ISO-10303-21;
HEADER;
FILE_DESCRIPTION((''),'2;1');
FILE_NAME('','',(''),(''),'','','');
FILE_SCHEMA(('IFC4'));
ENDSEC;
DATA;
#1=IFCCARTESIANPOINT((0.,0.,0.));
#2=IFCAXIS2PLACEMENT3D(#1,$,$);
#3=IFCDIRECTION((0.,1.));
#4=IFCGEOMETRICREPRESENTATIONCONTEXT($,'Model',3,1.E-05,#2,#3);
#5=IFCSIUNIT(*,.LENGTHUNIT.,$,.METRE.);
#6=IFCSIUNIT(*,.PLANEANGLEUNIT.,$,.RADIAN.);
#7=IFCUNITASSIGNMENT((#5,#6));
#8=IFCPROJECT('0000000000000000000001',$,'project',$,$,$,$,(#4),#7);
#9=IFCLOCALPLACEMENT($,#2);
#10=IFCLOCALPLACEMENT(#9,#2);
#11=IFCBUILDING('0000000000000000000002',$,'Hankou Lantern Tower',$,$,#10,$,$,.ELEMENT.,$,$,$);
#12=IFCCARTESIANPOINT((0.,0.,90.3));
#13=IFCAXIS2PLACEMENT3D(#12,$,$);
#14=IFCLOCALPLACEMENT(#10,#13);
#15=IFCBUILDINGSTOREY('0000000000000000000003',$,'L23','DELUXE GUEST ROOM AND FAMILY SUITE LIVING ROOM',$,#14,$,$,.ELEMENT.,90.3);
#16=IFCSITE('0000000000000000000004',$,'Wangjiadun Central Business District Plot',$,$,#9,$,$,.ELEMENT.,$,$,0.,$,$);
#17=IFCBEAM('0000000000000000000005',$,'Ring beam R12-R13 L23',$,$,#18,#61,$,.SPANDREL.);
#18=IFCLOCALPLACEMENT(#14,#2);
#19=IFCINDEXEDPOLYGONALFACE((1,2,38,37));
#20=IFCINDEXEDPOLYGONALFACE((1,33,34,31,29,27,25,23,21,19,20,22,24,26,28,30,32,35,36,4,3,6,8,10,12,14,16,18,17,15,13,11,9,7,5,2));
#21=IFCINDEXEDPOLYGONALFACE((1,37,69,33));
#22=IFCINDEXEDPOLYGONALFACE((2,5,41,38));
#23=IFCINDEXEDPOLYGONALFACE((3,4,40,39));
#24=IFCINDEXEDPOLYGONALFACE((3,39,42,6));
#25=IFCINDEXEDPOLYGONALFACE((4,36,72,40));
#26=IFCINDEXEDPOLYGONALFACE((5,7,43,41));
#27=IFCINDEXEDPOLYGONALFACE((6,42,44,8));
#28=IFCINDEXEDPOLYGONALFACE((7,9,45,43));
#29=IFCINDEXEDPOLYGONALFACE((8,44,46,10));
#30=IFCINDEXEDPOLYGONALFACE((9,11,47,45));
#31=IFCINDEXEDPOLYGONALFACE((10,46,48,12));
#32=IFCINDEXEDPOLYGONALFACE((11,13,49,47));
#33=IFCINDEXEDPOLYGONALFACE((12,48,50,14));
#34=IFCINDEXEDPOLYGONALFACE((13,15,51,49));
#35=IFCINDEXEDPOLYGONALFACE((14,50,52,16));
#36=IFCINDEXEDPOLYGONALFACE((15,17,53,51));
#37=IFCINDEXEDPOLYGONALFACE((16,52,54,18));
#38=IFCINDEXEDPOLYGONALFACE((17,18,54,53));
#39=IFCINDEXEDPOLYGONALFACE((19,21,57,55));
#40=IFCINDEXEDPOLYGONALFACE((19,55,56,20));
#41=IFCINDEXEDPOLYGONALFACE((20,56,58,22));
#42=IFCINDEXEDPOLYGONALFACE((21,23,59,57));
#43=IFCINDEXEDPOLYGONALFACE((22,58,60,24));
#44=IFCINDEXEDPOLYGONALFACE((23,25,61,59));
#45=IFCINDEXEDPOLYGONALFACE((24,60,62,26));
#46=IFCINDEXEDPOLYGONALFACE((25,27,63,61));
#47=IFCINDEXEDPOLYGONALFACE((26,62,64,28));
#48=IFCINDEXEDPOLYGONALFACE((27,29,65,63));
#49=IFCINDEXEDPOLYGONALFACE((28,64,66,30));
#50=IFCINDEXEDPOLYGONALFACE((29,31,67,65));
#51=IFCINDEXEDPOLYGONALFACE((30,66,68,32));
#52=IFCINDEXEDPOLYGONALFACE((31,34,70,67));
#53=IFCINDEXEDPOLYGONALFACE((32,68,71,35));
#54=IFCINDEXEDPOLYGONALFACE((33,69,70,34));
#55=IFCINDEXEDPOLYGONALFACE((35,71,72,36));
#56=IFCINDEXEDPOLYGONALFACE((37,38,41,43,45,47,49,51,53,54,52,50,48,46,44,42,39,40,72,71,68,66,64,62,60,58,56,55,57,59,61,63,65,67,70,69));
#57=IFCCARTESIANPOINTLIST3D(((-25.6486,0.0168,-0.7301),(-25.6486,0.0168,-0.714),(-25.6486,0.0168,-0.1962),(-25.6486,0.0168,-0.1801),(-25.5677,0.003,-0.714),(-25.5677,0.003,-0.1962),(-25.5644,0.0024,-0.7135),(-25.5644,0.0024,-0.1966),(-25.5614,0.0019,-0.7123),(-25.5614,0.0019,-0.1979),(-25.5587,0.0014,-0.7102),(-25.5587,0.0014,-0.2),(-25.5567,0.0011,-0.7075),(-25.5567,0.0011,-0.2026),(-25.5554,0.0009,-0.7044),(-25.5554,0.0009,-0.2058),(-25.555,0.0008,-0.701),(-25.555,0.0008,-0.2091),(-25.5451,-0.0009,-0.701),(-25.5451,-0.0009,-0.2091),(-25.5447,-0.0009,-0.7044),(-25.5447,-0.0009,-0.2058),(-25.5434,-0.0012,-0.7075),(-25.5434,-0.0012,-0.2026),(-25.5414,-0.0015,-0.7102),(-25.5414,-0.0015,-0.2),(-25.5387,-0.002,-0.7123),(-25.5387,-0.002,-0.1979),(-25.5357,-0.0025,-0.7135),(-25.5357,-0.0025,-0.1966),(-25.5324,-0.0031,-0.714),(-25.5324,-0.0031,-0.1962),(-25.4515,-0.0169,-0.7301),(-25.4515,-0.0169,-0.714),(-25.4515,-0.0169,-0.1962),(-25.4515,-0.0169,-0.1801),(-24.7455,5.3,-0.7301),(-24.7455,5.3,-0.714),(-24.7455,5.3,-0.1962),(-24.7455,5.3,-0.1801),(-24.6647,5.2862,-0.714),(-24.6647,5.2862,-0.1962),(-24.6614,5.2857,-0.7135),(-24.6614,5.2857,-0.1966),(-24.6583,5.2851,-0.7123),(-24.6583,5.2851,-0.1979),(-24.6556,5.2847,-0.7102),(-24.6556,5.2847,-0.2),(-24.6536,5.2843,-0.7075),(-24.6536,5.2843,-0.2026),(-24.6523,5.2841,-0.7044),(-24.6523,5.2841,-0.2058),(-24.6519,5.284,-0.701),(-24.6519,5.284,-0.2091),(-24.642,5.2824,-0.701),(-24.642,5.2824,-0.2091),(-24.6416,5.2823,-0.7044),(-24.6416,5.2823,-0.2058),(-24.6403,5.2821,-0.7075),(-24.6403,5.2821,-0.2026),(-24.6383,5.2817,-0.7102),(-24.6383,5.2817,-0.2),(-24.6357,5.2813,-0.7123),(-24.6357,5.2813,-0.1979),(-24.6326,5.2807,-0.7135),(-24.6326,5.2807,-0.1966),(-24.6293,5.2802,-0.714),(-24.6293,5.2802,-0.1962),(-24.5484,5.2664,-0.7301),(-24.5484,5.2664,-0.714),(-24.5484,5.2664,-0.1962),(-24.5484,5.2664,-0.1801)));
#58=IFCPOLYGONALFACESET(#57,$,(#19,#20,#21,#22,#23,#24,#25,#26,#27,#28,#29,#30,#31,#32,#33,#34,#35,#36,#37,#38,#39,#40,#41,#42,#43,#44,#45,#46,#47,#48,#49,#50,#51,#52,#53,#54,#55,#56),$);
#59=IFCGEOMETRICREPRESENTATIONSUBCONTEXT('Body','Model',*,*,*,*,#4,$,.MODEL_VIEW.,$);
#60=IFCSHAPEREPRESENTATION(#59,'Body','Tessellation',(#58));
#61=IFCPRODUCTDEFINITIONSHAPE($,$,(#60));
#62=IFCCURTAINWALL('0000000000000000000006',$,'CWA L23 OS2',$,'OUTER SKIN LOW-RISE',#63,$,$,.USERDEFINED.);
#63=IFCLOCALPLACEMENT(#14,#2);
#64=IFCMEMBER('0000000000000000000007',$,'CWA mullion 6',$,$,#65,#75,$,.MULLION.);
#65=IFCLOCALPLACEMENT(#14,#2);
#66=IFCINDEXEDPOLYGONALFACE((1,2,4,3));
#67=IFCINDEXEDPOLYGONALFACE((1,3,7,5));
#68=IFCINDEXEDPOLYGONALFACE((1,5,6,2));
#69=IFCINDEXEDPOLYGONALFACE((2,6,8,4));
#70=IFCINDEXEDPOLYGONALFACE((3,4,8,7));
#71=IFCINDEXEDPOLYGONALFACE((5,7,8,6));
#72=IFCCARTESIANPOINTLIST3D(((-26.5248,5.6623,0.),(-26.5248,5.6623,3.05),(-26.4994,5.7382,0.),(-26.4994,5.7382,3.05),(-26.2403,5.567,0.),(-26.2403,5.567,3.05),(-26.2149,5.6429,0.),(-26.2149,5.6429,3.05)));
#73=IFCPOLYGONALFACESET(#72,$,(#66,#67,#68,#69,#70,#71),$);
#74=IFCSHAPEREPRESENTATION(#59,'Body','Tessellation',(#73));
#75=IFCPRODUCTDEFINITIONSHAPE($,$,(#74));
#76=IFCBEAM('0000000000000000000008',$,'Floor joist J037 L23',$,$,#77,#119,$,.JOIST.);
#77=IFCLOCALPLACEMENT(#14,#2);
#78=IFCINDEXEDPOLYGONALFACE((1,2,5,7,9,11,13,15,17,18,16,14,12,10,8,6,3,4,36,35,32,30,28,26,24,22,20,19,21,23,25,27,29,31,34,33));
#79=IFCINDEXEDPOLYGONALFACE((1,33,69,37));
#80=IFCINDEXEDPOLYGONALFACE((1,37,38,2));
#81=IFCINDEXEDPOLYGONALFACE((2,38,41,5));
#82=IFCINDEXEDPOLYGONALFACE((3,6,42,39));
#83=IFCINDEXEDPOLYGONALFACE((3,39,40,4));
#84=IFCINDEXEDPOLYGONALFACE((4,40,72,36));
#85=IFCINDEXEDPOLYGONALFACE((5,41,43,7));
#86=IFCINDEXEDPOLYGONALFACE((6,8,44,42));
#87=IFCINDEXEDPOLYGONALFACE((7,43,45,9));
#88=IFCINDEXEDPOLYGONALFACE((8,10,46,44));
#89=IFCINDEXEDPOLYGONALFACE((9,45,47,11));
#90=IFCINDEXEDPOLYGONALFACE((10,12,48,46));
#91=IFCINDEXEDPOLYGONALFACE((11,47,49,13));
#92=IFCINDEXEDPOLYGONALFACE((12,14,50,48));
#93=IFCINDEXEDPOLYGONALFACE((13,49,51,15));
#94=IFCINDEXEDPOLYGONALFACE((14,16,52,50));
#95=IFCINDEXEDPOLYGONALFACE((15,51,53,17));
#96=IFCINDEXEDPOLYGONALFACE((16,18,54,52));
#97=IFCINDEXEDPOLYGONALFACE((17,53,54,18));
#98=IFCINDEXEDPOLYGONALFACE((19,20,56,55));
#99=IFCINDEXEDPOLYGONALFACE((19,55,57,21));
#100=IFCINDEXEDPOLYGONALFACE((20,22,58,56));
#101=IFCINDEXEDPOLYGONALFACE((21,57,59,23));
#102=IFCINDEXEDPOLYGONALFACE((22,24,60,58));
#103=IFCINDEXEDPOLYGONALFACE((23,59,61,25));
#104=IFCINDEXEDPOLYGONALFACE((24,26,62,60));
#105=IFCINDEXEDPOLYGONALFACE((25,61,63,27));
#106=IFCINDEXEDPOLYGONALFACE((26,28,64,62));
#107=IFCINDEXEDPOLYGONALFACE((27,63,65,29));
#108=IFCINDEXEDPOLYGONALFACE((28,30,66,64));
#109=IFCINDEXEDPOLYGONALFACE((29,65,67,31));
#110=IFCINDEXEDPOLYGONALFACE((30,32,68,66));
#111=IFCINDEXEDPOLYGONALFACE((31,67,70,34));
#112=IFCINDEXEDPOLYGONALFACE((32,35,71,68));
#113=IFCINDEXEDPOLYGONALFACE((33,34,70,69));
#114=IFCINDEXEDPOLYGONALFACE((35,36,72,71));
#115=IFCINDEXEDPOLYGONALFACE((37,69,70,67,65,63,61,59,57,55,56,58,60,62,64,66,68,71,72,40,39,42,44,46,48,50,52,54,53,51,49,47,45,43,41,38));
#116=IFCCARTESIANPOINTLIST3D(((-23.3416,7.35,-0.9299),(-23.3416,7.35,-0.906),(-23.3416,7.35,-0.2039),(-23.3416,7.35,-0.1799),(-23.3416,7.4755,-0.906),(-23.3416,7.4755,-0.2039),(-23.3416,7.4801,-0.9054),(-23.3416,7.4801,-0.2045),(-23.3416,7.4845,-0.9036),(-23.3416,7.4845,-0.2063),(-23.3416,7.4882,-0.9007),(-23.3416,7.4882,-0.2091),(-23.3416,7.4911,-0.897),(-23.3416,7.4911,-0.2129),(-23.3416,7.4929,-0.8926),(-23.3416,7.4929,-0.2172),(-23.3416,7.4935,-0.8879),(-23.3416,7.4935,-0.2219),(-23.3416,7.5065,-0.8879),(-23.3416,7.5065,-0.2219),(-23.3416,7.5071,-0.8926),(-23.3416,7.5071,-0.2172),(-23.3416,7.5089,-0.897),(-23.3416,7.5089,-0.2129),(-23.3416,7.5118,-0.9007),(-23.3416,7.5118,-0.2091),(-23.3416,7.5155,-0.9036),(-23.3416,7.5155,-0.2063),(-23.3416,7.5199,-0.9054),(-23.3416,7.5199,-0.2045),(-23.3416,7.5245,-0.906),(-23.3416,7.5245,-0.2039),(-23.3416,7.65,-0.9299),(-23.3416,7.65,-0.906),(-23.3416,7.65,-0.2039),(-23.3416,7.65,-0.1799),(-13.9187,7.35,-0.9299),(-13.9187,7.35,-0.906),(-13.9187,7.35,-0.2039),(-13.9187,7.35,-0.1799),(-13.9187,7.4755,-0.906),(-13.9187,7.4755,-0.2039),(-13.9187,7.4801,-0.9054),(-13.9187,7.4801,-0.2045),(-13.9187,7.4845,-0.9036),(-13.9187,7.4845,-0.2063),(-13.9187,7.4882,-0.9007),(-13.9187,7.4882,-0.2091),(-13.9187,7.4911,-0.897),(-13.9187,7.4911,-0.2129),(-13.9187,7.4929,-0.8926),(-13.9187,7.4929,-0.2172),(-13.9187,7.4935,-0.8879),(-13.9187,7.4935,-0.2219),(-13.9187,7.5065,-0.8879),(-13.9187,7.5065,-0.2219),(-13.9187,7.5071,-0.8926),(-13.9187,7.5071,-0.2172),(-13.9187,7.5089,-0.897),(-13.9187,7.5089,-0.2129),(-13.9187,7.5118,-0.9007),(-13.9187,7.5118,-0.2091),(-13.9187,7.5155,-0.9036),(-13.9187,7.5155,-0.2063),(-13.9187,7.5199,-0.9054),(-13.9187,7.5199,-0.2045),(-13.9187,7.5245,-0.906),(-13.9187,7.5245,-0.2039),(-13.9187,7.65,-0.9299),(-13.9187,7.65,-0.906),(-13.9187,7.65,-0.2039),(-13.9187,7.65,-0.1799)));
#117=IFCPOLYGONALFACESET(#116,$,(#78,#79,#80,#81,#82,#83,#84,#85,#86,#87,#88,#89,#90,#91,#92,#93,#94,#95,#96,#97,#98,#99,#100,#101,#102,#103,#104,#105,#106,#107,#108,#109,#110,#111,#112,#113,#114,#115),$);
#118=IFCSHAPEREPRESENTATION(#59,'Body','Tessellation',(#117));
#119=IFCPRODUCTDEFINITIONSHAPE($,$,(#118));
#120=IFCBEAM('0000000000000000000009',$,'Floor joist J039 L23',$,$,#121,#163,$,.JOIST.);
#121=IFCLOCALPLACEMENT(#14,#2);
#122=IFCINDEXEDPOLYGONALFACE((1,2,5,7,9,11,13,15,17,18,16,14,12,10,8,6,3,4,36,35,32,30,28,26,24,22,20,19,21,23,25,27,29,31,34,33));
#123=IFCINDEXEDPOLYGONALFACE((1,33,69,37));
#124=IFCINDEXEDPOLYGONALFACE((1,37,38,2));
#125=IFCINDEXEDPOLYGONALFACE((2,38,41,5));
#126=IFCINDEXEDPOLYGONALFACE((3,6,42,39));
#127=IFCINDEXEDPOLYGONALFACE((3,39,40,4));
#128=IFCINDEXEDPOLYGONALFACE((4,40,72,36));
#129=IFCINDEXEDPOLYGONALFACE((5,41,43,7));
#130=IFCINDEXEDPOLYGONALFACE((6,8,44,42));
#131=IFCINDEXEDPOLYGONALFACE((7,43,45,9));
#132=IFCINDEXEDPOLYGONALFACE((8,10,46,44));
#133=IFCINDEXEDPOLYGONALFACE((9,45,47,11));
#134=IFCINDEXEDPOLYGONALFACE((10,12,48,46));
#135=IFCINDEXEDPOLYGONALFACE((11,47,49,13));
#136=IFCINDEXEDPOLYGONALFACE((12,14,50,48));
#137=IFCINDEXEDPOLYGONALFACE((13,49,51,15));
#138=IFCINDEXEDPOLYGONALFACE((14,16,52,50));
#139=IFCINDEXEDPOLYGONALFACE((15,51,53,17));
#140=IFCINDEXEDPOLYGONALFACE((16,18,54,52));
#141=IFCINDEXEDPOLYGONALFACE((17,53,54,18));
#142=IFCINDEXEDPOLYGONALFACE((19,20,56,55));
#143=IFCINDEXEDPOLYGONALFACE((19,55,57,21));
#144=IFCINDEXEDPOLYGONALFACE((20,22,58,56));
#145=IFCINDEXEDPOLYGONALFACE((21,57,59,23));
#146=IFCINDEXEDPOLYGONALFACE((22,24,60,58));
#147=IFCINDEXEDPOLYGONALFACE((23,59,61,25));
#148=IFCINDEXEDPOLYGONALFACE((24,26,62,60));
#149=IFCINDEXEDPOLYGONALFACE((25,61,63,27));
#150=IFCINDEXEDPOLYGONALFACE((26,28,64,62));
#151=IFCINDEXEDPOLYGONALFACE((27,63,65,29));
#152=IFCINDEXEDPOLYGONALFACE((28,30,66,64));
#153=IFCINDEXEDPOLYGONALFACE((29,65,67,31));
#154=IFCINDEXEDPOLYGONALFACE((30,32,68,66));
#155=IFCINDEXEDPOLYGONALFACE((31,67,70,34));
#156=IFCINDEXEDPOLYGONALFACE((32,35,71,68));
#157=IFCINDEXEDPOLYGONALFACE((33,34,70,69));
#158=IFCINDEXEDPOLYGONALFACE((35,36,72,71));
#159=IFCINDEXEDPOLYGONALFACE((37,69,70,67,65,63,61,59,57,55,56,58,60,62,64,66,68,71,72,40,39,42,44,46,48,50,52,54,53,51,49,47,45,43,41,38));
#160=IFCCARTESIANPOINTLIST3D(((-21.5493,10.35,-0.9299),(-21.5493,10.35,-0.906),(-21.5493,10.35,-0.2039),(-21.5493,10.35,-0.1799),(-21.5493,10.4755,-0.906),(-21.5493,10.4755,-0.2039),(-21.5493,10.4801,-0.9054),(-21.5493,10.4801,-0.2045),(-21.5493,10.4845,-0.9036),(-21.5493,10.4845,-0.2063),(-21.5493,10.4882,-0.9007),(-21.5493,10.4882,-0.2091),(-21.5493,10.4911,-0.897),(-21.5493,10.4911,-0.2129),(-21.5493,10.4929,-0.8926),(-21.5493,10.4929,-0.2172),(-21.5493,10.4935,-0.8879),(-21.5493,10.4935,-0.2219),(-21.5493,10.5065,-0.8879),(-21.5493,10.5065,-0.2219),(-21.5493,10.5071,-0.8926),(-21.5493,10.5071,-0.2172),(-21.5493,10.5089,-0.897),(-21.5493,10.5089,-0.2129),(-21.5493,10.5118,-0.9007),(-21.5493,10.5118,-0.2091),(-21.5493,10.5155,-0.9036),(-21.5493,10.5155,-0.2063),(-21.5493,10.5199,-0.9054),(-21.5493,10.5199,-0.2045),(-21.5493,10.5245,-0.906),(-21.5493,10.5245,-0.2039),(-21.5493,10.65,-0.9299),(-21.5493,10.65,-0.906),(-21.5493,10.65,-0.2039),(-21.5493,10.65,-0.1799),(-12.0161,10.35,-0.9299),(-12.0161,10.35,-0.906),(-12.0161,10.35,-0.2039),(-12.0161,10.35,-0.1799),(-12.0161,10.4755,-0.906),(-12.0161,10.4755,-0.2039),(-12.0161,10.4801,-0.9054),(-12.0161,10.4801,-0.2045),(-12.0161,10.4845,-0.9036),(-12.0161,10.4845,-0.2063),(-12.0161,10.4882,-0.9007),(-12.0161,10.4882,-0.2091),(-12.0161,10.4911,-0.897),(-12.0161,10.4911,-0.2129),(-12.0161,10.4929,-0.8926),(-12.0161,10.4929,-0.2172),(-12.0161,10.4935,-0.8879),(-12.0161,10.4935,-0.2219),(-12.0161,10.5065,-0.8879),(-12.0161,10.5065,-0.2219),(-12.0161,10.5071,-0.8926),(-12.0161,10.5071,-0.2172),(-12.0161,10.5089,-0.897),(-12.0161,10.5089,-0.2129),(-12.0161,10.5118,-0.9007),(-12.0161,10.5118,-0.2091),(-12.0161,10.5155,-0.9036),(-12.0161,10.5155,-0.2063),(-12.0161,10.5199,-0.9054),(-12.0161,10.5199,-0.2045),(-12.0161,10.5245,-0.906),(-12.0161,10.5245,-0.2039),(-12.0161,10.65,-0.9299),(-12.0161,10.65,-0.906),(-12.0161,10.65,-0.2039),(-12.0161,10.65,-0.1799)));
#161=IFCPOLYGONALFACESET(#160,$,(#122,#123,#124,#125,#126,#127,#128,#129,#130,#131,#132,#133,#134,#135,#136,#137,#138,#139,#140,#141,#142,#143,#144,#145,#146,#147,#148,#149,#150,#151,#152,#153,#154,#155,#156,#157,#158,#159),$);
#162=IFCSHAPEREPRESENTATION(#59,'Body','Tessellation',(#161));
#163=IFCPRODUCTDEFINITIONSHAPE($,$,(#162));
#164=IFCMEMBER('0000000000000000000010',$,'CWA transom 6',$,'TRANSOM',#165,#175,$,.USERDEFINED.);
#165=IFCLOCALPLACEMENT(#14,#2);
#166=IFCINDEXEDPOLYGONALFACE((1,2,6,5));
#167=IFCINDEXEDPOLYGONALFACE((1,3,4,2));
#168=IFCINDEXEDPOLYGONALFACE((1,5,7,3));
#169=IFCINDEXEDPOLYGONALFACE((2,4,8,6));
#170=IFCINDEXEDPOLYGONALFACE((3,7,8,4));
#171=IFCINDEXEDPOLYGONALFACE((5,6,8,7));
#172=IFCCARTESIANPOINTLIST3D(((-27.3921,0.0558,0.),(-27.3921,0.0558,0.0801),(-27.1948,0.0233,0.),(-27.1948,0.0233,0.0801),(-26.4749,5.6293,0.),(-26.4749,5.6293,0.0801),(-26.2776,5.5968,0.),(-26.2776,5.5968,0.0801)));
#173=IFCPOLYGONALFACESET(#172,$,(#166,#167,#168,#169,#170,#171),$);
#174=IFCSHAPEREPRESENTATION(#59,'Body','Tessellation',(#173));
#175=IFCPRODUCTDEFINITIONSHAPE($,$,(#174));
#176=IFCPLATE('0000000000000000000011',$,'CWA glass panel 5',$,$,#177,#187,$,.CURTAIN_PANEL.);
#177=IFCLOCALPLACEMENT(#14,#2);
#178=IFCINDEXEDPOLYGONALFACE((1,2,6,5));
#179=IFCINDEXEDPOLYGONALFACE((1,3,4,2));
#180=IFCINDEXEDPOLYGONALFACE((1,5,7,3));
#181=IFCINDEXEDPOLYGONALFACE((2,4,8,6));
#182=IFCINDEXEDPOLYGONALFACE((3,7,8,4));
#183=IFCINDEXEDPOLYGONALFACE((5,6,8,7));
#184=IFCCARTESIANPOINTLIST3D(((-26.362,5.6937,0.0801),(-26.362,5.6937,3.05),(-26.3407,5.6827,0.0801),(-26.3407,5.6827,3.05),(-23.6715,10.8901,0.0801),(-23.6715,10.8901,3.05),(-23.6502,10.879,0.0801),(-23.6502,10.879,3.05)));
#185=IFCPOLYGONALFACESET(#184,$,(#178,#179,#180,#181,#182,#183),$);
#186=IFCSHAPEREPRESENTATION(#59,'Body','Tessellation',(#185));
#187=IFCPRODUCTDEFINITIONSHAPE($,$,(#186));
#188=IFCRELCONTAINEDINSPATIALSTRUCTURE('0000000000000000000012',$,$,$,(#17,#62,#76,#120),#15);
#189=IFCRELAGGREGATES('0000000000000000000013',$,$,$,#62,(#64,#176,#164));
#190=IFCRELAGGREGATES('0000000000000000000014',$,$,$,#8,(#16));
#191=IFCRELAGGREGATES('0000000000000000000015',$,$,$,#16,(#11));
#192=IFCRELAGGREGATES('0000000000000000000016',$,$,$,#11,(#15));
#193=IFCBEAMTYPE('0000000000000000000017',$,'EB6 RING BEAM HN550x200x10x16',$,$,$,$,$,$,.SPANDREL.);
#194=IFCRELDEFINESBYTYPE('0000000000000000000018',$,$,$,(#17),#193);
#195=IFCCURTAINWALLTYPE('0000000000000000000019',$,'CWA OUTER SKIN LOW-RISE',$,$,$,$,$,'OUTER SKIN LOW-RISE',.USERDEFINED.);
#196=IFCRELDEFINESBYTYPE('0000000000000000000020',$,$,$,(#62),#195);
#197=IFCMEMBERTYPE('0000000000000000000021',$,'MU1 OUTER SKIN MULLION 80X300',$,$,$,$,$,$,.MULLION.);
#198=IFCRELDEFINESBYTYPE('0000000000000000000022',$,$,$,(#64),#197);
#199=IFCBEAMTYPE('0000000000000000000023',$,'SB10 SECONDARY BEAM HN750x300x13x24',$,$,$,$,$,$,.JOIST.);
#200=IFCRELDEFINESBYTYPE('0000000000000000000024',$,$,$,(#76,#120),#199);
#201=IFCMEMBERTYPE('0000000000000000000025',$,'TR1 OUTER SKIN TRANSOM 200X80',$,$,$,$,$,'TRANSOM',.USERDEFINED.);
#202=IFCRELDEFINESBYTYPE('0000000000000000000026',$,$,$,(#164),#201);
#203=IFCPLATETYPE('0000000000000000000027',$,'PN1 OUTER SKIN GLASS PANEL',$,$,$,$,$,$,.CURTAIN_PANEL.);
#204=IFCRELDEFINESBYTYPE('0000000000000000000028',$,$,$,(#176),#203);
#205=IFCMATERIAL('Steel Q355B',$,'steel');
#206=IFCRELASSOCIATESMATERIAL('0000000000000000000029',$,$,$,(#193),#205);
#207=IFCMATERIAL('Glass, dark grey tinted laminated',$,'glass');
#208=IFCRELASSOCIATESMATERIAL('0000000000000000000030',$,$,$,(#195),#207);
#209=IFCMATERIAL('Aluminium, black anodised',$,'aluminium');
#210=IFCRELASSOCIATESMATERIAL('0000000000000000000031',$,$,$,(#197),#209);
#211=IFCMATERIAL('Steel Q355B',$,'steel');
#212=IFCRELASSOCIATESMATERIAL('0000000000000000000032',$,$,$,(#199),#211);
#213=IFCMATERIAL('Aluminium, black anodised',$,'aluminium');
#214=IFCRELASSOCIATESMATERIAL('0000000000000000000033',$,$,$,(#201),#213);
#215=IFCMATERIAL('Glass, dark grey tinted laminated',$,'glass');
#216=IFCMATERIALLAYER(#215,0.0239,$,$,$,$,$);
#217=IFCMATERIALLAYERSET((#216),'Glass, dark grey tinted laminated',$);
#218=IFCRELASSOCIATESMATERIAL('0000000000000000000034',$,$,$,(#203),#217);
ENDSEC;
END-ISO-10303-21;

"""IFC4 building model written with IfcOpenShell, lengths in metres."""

from ifc_helpers import new_model, si_unit, direction, frame, origin, origin_2d, place, context, subcontext, project, spatial, rectangle, i_section, extrude, material, layer, layer_set, material_profile, profile_set, type_object, element, aggregate, save


model = new_model("IFC4")

# Units and contexts
model_context = context("Model", 3, precision=1e-05, world=origin(), true_north=direction((0.0, 1.0)))
body_context = subcontext(model_context, "Body", "Model", "MODEL_VIEW")
ifc_project = project(units=[si_unit("LENGTHUNIT", "METRE"), si_unit("PLANEANGLEUNIT", "RADIAN")], contexts=[model_context])

# Site, building, storey
site_placement = place(None, origin())
site = spatial("IfcSite", under=ifc_project, at=site_placement, Name="Wangjiadun Central Business District Plot", CompositionType="ELEMENT", RefElevation=0.0)
building_placement = place(site_placement, origin())
building = spatial("IfcBuilding", under=site, at=building_placement, Name="Hankou Lantern Tower", CompositionType="ELEMENT")
storey_placement = place(building_placement, frame((0.0, 0.0, 90.3)))
storey = spatial("IfcBuildingStorey", under=building, at=storey_placement, Name="L23", Description="DELUXE GUEST ROOM AND FAMILY SUITE LIVING ROOM", CompositionType="ELEMENT", Elevation=90.3)

# Beam
ifc_material_1 = material(Name="Steel Q355B", Category="steel")
ifc_material_profile_1 = material_profile(ifc_material_1, i_section(OverallWidth=0.2, OverallDepth=0.55, WebThickness=0.01, FlangeThickness=0.0161, FilletRadius=0.0129, at=origin_2d()), Name="HN550x200x10x16")
ifc_profile_set_1 = profile_set([ifc_material_profile_1], Name="Steel Q355B")
beam_type_1 = type_object("IfcBeamType", Name="EB6 RING BEAM HN550x200x10x16", PredefinedType="SPANDREL", material=ifc_profile_set_1)
beam_1_placement = place(storey_placement, frame((-24.647, 5.2832, -0.4551), z_axis=(-0.16849, -0.985703, 0.0), x_axis=(0.985703, -0.16849, 0.0)))
element("IfcBeam", 1, at=beam_1_placement, inside=storey, type_object=beam_type_1, Name="Ring beam R12-R13 L23", PredefinedType="SPANDREL", context=body_context, shape_type="SweptSolid", body=[
    extrude(i_section(OverallWidth=0.2, OverallDepth=0.55, WebThickness=0.01, FlangeThickness=0.0161, FilletRadius=0.0129, at=origin_2d()), origin(), (0.0, 0.0, 1.0), 5.3599),
])

# Curtain wall, member
ifc_material_2 = material(Name="Glass, dark grey tinted laminated", Category="glass")
curtain_wall_type = type_object("IfcCurtainWallType", Name="CWA OUTER SKIN LOW-RISE", ElementType="OUTER SKIN LOW-RISE", PredefinedType="USERDEFINED", material=ifc_material_2)
curtain_wall_placement = place(storey_placement, origin())
curtain_wall = element("IfcCurtainWall", 2, at=curtain_wall_placement, inside=storey, type_object=curtain_wall_type, Name="CWA L23 OS2", ObjectType="OUTER SKIN LOW-RISE", PredefinedType="USERDEFINED")
ifc_material_3 = material(Name="Aluminium, black anodised", Category="aluminium")
ifc_material_profile_2 = material_profile(ifc_material_3, rectangle(XDim=0.0801, YDim=0.3, at=origin_2d()), Name="MU1 80X300")
ifc_profile_set_2 = profile_set([ifc_material_profile_2], Name="Aluminium, black anodised")
member_type_1 = type_object("IfcMemberType", Name="MU1 OUTER SKIN MULLION 80X300", PredefinedType="MULLION", material=ifc_profile_set_2)
member_1_placement = place(storey_placement, frame((-26.3699, 5.6526, 0.0), z_axis=(0.0, 0.0, 1.0), x_axis=(-0.317596, -0.948226, 0.0)))
member_1 = element("IfcMember", 3, at=member_1_placement, type_object=member_type_1, Name="CWA mullion 6", PredefinedType="MULLION", context=body_context, shape_type="SweptSolid", body=[
    extrude(rectangle(XDim=0.0801, YDim=0.3, at=origin_2d()), origin(), (0.0, 0.0, 1.0), 3.05),
])

# Beams
ifc_material_4 = material(Name="Steel Q355B", Category="steel")
ifc_material_profile_3 = material_profile(ifc_material_4, i_section(OverallWidth=0.3, OverallDepth=0.75, WebThickness=0.0129, FlangeThickness=0.0239, FilletRadius=0.0181, at=origin_2d()), Name="HN750x300x13x24")
ifc_profile_set_3 = profile_set([ifc_material_profile_3], Name="Steel Q355B")
beam_type_2 = type_object("IfcBeamType", Name="SB10 SECONDARY BEAM HN750x300x13x24", PredefinedType="JOIST", material=ifc_profile_set_3)
beam_2_placement = place(storey_placement, frame((-23.3416, 7.5, -0.5549), z_axis=(1.0, 0.0, 0.0), x_axis=(0.0, 1.0, 0.0)))
element("IfcBeam", 4, at=beam_2_placement, inside=storey, type_object=beam_type_2, Name="Floor joist J037 L23", PredefinedType="JOIST", context=body_context, shape_type="SweptSolid", body=[
    extrude(i_section(OverallWidth=0.3, OverallDepth=0.75, WebThickness=0.0129, FlangeThickness=0.0239, FilletRadius=0.0181, at=origin_2d()), origin(), (0.0, 0.0, 1.0), 9.4229),
])
beam_3_placement = place(storey_placement, frame((-21.5493, 10.5, -0.5549), z_axis=(1.0, 0.0, 0.0), x_axis=(0.0, 1.0, 0.0)))
element("IfcBeam", 5, at=beam_3_placement, inside=storey, type_object=beam_type_2, Name="Floor joist J039 L23", PredefinedType="JOIST", context=body_context, shape_type="SweptSolid", body=[
    extrude(i_section(OverallWidth=0.3, OverallDepth=0.75, WebThickness=0.0129, FlangeThickness=0.0239, FilletRadius=0.0181, at=origin_2d()), origin(), (0.0, 0.0, 1.0), 9.5332),
])

# Member
ifc_material_5 = material(Name="Aluminium, black anodised", Category="aluminium")
ifc_material_profile_4 = material_profile(ifc_material_5, rectangle(XDim=0.2, YDim=0.0801, at=origin_2d()), Name="TR1 200X80")
ifc_profile_set_4 = profile_set([ifc_material_profile_4], Name="Aluminium, black anodised")
member_type_2 = type_object("IfcMemberType", Name="TR1 OUTER SKIN TRANSOM 200X80", ElementType="TRANSOM", PredefinedType="USERDEFINED", material=ifc_profile_set_4)
member_2_placement = place(storey_placement, frame((-26.3762, 5.613, 0.04), z_axis=(-0.162387, -0.986727, 0.0), x_axis=(0.986727, -0.162387, 0.0)))
member_2 = element("IfcMember", 6, at=member_2_placement, type_object=member_type_2, Name="CWA transom 6", ObjectType="TRANSOM", PredefinedType="USERDEFINED", context=body_context, shape_type="SweptSolid", body=[
    extrude(rectangle(XDim=0.2, YDim=0.0801, at=origin_2d()), origin(), (0.0, 0.0, 1.0), 5.6484),
])

# Plate
ifc_material_6 = material(Name="Glass, dark grey tinted laminated", Category="glass")
ifc_layer_1 = layer(ifc_material_6, 0.0239)
ifc_layer_set_1 = layer_set([ifc_layer_1], Name="Glass, dark grey tinted laminated")
plate_type = type_object("IfcPlateType", Name="PN1 OUTER SKIN GLASS PANEL", PredefinedType="CURTAIN_PANEL", material=ifc_layer_set_1)
plate_placement = place(storey_placement, frame((-25.0061, 8.2864, 0.0801), z_axis=(0.0, 0.0, 1.0), x_axis=(-0.459791, -0.888027, 0.0)))
plate = element("IfcPlate", 7, at=plate_placement, type_object=plate_type, Name="CWA glass panel 5", PredefinedType="CURTAIN_PANEL", context=body_context, shape_type="SweptSolid", body=[
    extrude(rectangle(XDim=5.8516, YDim=0.0239, at=origin_2d()), origin(), (0.0, 0.0, 1.0), 2.97),
])
aggregate(curtain_wall, [member_1, plate, member_2])

save(model, "model.ifc")
